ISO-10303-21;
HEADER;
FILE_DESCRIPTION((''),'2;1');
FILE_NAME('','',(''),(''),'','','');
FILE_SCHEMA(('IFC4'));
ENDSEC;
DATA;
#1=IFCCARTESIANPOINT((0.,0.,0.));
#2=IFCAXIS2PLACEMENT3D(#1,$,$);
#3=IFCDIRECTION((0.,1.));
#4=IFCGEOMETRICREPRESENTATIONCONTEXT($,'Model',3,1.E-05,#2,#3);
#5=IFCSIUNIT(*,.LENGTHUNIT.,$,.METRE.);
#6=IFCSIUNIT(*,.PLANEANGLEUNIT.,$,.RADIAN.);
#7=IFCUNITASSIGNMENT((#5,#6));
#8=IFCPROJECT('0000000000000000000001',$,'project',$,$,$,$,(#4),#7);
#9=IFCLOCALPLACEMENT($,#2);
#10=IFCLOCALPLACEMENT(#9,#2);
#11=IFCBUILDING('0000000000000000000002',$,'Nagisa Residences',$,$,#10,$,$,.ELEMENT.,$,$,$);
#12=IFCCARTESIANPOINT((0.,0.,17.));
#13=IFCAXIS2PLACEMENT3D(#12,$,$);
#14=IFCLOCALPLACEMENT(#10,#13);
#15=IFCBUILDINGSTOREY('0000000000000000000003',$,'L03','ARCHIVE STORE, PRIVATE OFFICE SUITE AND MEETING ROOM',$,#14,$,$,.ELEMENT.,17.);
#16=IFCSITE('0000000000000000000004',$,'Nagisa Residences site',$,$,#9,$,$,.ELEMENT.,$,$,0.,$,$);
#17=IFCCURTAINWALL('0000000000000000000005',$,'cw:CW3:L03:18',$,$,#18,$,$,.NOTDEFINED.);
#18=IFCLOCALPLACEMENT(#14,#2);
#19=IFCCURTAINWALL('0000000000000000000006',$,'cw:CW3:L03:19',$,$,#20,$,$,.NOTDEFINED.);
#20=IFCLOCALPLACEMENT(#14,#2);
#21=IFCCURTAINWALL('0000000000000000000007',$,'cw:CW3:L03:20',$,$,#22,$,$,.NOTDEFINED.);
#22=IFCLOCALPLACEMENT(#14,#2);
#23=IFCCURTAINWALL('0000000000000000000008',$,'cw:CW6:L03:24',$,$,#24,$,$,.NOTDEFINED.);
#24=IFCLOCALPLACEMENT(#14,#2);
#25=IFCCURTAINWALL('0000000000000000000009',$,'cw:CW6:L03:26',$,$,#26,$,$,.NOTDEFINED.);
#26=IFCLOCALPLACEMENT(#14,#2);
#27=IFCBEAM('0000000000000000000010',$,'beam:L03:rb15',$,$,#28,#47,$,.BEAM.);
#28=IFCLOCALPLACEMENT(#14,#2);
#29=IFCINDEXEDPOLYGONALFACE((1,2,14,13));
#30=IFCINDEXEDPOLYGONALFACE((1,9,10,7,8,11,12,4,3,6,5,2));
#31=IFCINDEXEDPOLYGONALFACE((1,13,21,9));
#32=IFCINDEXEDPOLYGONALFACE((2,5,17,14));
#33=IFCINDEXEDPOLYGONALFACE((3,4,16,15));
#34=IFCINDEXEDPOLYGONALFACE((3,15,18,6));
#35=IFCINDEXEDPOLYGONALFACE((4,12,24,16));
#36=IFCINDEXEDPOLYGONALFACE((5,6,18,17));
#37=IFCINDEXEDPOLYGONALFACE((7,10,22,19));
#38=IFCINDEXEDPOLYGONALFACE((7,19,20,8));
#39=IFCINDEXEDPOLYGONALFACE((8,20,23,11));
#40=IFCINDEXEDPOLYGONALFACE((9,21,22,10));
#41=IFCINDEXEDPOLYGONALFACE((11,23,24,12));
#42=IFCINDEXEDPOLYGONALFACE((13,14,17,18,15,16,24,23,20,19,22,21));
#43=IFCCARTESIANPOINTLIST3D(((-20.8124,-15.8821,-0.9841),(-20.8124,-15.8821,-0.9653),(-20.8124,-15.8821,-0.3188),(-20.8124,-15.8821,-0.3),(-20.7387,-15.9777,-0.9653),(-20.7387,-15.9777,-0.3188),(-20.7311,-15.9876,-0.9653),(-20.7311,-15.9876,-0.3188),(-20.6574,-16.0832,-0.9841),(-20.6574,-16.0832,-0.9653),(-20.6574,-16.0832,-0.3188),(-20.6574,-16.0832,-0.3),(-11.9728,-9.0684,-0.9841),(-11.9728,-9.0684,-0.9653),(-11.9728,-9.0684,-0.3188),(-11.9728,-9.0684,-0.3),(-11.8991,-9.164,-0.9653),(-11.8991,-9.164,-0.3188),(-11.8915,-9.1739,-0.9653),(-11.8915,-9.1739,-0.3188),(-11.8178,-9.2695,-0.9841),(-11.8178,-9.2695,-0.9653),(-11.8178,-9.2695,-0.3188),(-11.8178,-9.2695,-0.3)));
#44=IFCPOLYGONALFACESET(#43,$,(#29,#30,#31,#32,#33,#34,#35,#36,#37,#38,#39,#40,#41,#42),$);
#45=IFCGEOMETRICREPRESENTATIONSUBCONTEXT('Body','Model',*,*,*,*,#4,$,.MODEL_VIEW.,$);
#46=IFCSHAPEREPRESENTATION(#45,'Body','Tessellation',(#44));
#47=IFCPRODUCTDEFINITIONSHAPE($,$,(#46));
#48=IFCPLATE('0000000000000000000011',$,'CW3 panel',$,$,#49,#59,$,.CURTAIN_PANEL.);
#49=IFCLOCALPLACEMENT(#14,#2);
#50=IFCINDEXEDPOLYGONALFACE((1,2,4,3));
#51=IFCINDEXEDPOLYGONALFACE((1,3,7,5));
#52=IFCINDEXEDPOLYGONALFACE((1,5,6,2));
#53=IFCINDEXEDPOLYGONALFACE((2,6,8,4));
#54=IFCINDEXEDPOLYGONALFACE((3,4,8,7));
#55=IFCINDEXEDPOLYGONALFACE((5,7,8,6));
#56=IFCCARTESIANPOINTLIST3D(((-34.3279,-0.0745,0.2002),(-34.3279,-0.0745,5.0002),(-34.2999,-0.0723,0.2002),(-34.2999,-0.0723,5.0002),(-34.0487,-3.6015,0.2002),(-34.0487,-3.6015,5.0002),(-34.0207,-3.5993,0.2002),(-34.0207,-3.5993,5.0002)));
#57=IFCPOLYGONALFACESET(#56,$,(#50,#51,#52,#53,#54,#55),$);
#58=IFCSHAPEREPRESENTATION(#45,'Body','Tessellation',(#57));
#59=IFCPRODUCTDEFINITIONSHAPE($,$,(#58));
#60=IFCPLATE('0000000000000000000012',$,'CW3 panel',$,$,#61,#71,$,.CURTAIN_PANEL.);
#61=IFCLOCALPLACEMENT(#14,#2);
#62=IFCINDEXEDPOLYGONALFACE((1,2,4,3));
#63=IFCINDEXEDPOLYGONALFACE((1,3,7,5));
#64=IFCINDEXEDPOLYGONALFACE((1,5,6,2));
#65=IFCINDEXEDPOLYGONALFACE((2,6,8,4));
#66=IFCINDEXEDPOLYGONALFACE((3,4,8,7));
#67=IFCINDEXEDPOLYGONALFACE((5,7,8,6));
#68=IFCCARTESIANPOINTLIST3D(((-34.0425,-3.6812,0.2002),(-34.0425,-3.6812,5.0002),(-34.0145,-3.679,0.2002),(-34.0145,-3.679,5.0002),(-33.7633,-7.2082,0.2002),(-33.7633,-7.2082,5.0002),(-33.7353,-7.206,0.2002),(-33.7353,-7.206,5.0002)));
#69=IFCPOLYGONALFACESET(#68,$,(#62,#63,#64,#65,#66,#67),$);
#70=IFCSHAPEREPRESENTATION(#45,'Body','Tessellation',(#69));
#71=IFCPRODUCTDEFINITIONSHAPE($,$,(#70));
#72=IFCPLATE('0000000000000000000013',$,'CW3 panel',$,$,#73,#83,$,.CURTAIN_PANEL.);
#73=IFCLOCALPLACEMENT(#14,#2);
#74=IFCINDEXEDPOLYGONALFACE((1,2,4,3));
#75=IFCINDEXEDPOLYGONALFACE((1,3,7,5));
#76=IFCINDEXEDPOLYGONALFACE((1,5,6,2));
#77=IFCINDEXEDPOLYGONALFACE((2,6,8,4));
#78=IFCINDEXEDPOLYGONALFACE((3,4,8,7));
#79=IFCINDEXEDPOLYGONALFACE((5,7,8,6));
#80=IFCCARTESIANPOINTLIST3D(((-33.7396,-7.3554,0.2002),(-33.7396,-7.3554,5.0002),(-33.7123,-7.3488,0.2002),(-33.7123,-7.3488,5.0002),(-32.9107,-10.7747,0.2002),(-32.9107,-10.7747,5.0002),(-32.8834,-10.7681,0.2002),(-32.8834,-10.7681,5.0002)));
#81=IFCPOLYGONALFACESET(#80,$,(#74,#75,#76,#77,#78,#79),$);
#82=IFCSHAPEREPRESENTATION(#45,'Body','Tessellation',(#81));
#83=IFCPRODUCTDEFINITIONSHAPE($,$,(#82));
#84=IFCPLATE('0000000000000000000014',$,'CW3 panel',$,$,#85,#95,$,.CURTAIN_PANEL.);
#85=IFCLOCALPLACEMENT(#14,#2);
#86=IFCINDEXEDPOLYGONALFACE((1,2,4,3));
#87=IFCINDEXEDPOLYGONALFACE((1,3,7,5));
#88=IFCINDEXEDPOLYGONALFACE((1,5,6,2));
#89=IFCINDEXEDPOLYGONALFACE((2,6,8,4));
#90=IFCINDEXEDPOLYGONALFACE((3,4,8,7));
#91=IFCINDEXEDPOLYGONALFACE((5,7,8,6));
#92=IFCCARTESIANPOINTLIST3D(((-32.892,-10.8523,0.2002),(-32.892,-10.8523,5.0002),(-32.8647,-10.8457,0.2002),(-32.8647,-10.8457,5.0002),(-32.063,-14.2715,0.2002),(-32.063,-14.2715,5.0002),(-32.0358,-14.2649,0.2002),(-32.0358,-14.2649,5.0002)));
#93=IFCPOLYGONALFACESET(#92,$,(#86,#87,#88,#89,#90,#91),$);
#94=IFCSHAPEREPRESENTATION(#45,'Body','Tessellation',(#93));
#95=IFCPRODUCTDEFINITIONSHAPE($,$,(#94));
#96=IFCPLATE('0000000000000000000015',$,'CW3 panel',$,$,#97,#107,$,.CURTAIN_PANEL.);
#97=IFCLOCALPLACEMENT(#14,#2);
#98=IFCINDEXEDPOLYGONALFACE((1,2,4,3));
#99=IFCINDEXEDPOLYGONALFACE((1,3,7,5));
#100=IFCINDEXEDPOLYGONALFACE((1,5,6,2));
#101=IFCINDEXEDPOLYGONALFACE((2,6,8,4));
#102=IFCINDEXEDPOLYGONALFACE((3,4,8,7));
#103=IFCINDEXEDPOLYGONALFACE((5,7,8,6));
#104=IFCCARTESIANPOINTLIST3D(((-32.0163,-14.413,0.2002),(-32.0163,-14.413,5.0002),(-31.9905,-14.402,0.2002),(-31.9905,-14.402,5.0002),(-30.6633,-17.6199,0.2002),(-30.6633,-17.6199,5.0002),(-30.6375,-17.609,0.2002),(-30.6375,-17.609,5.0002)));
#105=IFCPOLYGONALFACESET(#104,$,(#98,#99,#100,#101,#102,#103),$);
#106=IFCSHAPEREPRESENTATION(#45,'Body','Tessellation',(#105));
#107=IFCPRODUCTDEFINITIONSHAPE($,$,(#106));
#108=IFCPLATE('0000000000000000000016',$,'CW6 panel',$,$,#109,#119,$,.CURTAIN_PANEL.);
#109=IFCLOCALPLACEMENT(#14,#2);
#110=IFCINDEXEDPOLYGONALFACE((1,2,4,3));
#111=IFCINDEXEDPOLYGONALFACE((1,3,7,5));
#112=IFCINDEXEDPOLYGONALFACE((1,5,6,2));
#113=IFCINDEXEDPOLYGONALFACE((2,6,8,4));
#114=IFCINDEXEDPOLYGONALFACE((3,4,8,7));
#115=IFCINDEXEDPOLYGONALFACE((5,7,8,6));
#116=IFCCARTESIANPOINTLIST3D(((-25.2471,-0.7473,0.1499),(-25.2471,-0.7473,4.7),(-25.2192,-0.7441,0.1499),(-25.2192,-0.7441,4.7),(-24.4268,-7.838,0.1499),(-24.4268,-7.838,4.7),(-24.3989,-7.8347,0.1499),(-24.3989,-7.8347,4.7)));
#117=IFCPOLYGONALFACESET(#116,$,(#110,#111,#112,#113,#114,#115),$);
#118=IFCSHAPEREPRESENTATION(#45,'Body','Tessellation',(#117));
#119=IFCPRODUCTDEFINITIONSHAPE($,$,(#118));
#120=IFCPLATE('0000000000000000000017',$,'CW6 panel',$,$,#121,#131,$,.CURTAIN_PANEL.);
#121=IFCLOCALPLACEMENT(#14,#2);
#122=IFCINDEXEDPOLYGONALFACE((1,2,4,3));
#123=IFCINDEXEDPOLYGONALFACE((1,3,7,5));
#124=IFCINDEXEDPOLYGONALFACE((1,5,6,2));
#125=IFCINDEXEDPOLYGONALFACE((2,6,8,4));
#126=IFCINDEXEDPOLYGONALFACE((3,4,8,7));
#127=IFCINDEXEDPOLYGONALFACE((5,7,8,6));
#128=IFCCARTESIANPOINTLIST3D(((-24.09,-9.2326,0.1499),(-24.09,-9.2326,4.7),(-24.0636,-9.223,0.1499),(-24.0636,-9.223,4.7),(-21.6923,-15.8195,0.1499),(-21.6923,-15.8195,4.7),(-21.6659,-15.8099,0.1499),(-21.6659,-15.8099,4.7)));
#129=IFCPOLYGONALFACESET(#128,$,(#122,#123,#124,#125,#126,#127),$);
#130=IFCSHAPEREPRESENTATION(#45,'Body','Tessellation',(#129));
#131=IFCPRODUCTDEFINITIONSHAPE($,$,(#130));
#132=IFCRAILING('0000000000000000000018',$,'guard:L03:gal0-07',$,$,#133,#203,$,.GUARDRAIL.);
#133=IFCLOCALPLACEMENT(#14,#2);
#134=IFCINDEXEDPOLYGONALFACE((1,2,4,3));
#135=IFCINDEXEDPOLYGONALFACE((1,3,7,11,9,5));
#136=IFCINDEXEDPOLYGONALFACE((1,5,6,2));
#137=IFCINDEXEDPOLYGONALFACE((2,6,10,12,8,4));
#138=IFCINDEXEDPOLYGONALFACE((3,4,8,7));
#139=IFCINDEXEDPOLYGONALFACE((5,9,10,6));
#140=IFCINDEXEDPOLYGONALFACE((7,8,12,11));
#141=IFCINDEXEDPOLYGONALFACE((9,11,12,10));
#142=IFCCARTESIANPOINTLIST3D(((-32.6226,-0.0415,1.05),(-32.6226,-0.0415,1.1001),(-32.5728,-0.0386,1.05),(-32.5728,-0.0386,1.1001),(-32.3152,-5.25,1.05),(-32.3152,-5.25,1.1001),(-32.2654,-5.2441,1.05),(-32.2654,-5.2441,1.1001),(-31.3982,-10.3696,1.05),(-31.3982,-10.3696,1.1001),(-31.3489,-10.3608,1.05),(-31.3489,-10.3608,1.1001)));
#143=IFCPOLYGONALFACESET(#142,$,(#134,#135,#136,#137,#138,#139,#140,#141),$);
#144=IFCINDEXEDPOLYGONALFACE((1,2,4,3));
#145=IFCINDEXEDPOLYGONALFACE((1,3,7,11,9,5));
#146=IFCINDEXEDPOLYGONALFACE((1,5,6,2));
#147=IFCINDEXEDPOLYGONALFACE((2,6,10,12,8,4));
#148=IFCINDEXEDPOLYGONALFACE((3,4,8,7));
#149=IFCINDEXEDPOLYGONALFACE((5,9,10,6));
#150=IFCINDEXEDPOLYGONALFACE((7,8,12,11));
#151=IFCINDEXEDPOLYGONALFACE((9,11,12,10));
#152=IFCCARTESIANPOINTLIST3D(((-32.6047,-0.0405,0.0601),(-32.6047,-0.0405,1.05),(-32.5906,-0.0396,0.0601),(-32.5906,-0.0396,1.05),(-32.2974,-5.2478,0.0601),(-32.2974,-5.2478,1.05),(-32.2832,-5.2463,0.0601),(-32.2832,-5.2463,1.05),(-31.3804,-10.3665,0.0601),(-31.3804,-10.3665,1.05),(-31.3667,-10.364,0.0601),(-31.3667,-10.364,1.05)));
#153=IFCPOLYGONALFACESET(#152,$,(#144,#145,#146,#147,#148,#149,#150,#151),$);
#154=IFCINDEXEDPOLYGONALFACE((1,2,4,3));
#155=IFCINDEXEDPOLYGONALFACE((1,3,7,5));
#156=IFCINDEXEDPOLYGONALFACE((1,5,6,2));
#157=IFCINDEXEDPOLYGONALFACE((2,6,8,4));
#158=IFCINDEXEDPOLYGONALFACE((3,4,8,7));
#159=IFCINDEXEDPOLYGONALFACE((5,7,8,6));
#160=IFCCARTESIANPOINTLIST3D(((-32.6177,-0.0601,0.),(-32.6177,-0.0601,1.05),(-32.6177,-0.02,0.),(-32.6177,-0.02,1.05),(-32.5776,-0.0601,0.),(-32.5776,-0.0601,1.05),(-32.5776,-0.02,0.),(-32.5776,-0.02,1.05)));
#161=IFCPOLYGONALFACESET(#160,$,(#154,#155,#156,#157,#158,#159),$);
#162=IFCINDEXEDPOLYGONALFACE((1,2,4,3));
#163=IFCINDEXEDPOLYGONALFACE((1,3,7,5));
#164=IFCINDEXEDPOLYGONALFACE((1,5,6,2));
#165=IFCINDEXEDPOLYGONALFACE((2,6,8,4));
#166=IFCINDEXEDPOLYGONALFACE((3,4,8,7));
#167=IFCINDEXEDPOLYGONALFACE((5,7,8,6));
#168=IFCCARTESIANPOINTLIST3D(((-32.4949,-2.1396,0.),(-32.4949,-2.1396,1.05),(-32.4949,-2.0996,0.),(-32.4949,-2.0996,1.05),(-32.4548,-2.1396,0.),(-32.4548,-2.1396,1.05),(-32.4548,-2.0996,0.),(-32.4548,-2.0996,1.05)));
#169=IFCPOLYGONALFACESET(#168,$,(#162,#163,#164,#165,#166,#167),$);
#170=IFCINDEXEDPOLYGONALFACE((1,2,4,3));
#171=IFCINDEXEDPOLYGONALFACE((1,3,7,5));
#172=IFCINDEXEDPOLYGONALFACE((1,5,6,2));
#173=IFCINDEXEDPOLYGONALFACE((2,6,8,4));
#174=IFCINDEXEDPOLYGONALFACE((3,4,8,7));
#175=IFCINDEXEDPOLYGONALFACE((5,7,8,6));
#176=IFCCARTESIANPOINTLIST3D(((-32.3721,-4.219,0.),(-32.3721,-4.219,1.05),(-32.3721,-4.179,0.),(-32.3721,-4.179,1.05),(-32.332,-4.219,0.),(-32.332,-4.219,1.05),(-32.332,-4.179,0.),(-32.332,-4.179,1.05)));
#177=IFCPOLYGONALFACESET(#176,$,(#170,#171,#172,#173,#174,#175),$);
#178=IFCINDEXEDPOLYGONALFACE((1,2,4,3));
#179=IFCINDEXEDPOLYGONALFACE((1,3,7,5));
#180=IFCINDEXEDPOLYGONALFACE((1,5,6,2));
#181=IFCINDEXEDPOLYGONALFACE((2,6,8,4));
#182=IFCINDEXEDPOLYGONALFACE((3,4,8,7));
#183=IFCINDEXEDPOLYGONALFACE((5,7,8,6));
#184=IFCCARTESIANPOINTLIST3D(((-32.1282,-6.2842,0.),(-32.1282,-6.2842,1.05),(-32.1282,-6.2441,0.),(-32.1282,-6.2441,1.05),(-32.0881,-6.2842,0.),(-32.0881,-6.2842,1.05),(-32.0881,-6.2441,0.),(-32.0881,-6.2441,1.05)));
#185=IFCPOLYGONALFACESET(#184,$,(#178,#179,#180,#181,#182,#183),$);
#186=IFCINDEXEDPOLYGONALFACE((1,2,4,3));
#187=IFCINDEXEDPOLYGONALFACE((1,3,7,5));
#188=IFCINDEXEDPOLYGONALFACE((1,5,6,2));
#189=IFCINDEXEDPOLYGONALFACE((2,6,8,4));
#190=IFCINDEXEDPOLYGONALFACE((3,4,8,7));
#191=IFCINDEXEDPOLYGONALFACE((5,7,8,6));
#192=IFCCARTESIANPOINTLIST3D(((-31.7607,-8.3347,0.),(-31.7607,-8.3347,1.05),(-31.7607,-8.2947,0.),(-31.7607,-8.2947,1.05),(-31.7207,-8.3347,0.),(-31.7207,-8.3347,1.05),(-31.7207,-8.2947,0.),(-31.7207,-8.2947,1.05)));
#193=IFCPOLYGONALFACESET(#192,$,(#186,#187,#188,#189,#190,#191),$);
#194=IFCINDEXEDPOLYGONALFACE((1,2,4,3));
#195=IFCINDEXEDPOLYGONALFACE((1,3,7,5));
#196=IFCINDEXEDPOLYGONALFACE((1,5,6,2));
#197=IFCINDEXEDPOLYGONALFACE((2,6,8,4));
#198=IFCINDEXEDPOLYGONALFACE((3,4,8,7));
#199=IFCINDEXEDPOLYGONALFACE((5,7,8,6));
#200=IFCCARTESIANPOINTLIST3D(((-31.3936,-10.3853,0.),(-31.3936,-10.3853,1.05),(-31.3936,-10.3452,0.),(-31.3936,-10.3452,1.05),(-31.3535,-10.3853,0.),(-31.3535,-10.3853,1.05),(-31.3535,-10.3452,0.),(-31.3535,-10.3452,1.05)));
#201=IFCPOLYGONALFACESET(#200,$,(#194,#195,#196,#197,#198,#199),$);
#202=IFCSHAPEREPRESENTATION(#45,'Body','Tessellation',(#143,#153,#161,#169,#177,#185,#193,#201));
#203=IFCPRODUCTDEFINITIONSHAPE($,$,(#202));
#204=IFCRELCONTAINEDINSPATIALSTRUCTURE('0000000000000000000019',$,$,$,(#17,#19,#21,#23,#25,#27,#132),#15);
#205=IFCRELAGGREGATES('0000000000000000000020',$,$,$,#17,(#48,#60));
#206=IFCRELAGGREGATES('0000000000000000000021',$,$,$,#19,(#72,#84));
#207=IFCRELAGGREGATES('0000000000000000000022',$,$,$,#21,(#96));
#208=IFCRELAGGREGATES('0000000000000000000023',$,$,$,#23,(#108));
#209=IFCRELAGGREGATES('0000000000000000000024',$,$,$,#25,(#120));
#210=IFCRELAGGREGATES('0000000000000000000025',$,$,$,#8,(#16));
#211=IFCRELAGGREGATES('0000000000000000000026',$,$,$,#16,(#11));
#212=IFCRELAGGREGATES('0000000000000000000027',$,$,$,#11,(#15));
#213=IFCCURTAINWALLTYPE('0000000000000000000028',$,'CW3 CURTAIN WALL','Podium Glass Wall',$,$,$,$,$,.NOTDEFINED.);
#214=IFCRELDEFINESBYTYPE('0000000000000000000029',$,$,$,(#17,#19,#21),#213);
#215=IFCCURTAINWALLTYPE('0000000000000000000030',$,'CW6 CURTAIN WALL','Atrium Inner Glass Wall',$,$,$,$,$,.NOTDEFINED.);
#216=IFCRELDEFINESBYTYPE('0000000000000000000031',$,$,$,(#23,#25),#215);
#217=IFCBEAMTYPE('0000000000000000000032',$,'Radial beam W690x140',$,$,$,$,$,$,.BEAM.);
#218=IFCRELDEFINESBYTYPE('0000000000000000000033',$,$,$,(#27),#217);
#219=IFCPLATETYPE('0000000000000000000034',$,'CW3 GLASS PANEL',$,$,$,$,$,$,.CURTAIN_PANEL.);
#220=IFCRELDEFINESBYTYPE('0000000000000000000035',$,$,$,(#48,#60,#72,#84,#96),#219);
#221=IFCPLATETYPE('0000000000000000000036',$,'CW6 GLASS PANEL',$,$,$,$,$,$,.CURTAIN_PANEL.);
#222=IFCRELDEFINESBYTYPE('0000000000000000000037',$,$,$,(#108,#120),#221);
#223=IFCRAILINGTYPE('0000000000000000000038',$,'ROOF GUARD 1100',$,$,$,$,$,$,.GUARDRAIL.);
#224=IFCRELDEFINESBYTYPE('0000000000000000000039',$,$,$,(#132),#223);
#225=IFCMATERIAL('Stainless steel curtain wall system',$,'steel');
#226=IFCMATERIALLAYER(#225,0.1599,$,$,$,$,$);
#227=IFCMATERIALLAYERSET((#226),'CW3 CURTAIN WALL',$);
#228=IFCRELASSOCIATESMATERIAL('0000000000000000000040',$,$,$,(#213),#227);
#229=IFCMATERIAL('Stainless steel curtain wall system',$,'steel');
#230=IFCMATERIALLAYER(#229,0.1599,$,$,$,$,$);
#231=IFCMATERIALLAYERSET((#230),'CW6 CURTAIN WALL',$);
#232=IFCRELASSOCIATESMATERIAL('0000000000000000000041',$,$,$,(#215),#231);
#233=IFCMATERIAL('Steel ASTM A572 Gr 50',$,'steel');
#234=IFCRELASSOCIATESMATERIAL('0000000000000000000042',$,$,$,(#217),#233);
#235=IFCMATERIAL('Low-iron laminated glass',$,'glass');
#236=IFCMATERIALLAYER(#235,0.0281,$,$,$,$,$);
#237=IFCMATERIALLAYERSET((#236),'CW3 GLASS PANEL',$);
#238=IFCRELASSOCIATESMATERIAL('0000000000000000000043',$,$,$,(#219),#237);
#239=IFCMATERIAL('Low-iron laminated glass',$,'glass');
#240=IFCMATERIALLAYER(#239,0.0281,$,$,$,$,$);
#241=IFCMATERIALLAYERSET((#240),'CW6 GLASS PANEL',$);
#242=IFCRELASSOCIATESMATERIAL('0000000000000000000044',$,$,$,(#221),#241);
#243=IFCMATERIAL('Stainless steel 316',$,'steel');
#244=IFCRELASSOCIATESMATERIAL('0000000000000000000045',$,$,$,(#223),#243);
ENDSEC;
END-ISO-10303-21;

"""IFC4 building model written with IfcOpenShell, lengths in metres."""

from ifc_helpers import new_model, si_unit, direction, frame, origin, origin_2d, place, context, subcontext, project, spatial, polyline, rectangle, i_section, outline, extrude, material, layer, layer_set, material_profile, profile_set, type_object, element, aggregate, save


model = new_model("IFC4")

# Units and contexts
model_context = context("Model", 3, precision=1e-05, world=origin(), true_north=direction((0.0, 1.0)))
body_context = subcontext(model_context, "Body", "Model", "MODEL_VIEW")
ifc_project = project(units=[si_unit("LENGTHUNIT", "METRE"), si_unit("PLANEANGLEUNIT", "RADIAN")], contexts=[model_context])

# Site, building, storey
site_placement = place(None, origin())
site = spatial("IfcSite", under=ifc_project, at=site_placement, Name="Nagisa Residences site", CompositionType="ELEMENT", RefElevation=0.0)
building_placement = place(site_placement, origin())
building = spatial("IfcBuilding", under=site, at=building_placement, Name="Nagisa Residences", CompositionType="ELEMENT")
storey_placement = place(building_placement, frame((0.0, 0.0, 17.0)))
storey = spatial("IfcBuildingStorey", under=building, at=storey_placement, Name="L03", Description="ARCHIVE STORE, PRIVATE OFFICE SUITE AND MEETING ROOM", CompositionType="ELEMENT", Elevation=17.0)

# Curtain walls
ifc_material_1 = material(Name="Stainless steel curtain wall system", Category="steel")
ifc_layer_1 = layer(ifc_material_1, 0.1599)
ifc_layer_set_1 = layer_set([ifc_layer_1], Name="CW3 CURTAIN WALL")
curtain_wall_type_1 = type_object("IfcCurtainWallType", Name="CW3 CURTAIN WALL", Description="Podium Glass Wall", PredefinedType="NOTDEFINED", material=ifc_layer_set_1)
curtain_wall_1_placement = place(storey_placement, origin())
curtain_wall_1 = element("IfcCurtainWall", 1, at=curtain_wall_1_placement, inside=storey, type_object=curtain_wall_type_1, Name="cw:CW3:L03:18", PredefinedType="NOTDEFINED")
curtain_wall_2_placement = place(storey_placement, origin())
curtain_wall_2 = element("IfcCurtainWall", 2, at=curtain_wall_2_placement, inside=storey, type_object=curtain_wall_type_1, Name="cw:CW3:L03:19", PredefinedType="NOTDEFINED")

# Curtain wall
curtain_wall_3_placement = place(storey_placement, origin())
curtain_wall_3 = element("IfcCurtainWall", 3, at=curtain_wall_3_placement, inside=storey, type_object=curtain_wall_type_1, Name="cw:CW3:L03:20", PredefinedType="NOTDEFINED")

# Curtain walls
ifc_material_2 = material(Name="Stainless steel curtain wall system", Category="steel")
ifc_layer_2 = layer(ifc_material_2, 0.1599)
ifc_layer_set_2 = layer_set([ifc_layer_2], Name="CW6 CURTAIN WALL")
curtain_wall_type_2 = type_object("IfcCurtainWallType", Name="CW6 CURTAIN WALL", Description="Atrium Inner Glass Wall", PredefinedType="NOTDEFINED", material=ifc_layer_set_2)
curtain_wall_4_placement = place(storey_placement, origin())
curtain_wall_4 = element("IfcCurtainWall", 4, at=curtain_wall_4_placement, inside=storey, type_object=curtain_wall_type_2, Name="cw:CW6:L03:24", PredefinedType="NOTDEFINED")
curtain_wall_5_placement = place(storey_placement, origin())
curtain_wall_5 = element("IfcCurtainWall", 5, at=curtain_wall_5_placement, inside=storey, type_object=curtain_wall_type_2, Name="cw:CW6:L03:26", PredefinedType="NOTDEFINED")

# Beam
ifc_material_3 = material(Name="Steel ASTM A572 Gr 50", Category="steel")
ifc_material_profile_1 = material_profile(ifc_material_3, i_section(OverallWidth=0.2539, OverallDepth=0.6841, WebThickness=0.0125, FlangeThickness=0.0188, at=origin_2d()), Name="W690x140")
ifc_profile_set_1 = profile_set([ifc_material_profile_1], Name="Steel ASTM A572 Gr 50")
beam_type_1 = type_object("IfcBeamType", Name="Radial beam W690x140", PredefinedType="BEAM", material=ifc_profile_set_1)
beam_1_placement = place(storey_placement, frame((-20.7349, -15.9827, -0.6421), z_axis=(0.792016, 0.6105, 0.0), x_axis=(-0.6105, 0.792016, 0.0)))
element("IfcBeam", 6, at=beam_1_placement, inside=storey, type_object=beam_type_1, Name="beam:L03:rb15", PredefinedType="BEAM", context=body_context, shape_type="SweptSolid", body=[
    extrude(i_section(OverallWidth=0.2539, OverallDepth=0.6841, WebThickness=0.0125, FlangeThickness=0.0188, at=origin_2d()), origin(), (0.0, 0.0, 1.0), 11.1609),
])

# Plates
ifc_material_4 = material(Name="Low-iron laminated glass", Category="glass")
ifc_layer_3 = layer(ifc_material_4, 0.0281)
ifc_layer_set_3 = layer_set([ifc_layer_3], Name="CW3 GLASS PANEL")
plate_type_1 = type_object("IfcPlateType", Name="CW3 GLASS PANEL", PredefinedType="CURTAIN_PANEL", material=ifc_layer_set_3)
plate_1_placement = place(storey_placement, frame((-34.1743, -1.8369, 0.2002), z_axis=(0.0, 0.0, 1.0), x_axis=(0.07891, -0.996882, 0.0)))
plate_1 = element("IfcPlate", 7, at=plate_1_placement, type_object=plate_type_1, Name="CW3 panel", PredefinedType="CURTAIN_PANEL", context=body_context, shape_type="SweptSolid", body=[
    extrude(rectangle(XDim=3.5381, YDim=0.0281, at=origin_2d()), origin(), (0.0, 0.0, 1.0), 4.8),
])
plate_2_placement = place(storey_placement, frame((-33.8889, -5.4436, 0.2002), z_axis=(0.0, 0.0, 1.0), x_axis=(0.07891, -0.996882, 0.0)))
plate_2 = element("IfcPlate", 8, at=plate_2_placement, type_object=plate_type_1, Name="CW3 panel", PredefinedType="CURTAIN_PANEL", context=body_context, shape_type="SweptSolid", body=[
    extrude(rectangle(XDim=3.5381, YDim=0.0281, at=origin_2d()), origin(), (0.0, 0.0, 1.0), 4.8),
])
aggregate(curtain_wall_1, [plate_1, plate_2])
plate_3_placement = place(storey_placement, frame((-33.3115, -9.0618, 0.2002), z_axis=(0.0, 0.0, 1.0), x_axis=(0.235606, -0.971849, 0.0)))
plate_3 = element("IfcPlate", 9, at=plate_3_placement, type_object=plate_type_1, Name="CW3 panel", PredefinedType="CURTAIN_PANEL", context=body_context, shape_type="SweptSolid", body=[
    extrude(rectangle(XDim=3.5183, YDim=0.0281, at=origin_2d()), origin(), (0.0, 0.0, 1.0), 4.8),
])
plate_4_placement = place(storey_placement, frame((-32.4639, -12.5586, 0.2002), z_axis=(0.0, 0.0, 1.0), x_axis=(0.235606, -0.971849, 0.0)))
plate_4 = element("IfcPlate", 10, at=plate_4_placement, type_object=plate_type_1, Name="CW3 panel", PredefinedType="CURTAIN_PANEL", context=body_context, shape_type="SweptSolid", body=[
    extrude(rectangle(XDim=3.5183, YDim=0.0281, at=origin_2d()), origin(), (0.0, 0.0, 1.0), 4.8),
])
aggregate(curtain_wall_2, [plate_3, plate_4])
plate_5_placement = place(storey_placement, frame((-31.3269, -16.011, 0.2002), z_axis=(0.0, 0.0, 1.0), x_axis=(0.388718, -0.921357, 0.0)))
plate_5 = element("IfcPlate", 11, at=plate_5_placement, type_object=plate_type_1, Name="CW3 panel", PredefinedType="CURTAIN_PANEL", context=body_context, shape_type="SweptSolid", body=[
    extrude(rectangle(XDim=3.4807, YDim=0.0281, at=origin_2d()), origin(), (0.0, 0.0, 1.0), 4.8),
])
aggregate(curtain_wall_3, [plate_5])
ifc_material_5 = material(Name="Low-iron laminated glass", Category="glass")
ifc_layer_4 = layer(ifc_material_5, 0.0281)
ifc_layer_set_4 = layer_set([ifc_layer_4], Name="CW6 GLASS PANEL")
plate_type_2 = type_object("IfcPlateType", Name="CW6 GLASS PANEL", PredefinedType="CURTAIN_PANEL", material=ifc_layer_set_4)
plate_6_placement = place(storey_placement, frame((-24.823, -4.291, 0.1499), z_axis=(0.0, 0.0, 1.0), x_axis=(0.114928, -0.993374, 0.0)))
plate_6 = element("IfcPlate", 12, at=plate_6_placement, type_object=plate_type_2, Name="CW6 panel", PredefinedType="CURTAIN_PANEL", context=body_context, shape_type="SweptSolid", body=[
    extrude(rectangle(XDim=7.1379, YDim=0.0281, at=origin_2d()), origin(), (0.0, 0.0, 1.0), 4.55),
])
aggregate(curtain_wall_4, [plate_6])
plate_7_placement = place(storey_placement, frame((-22.8779, -12.5212, 0.1499), z_axis=(0.0, 0.0, 1.0), x_axis=(0.34205, -0.939682, 0.0)))
plate_7 = element("IfcPlate", 13, at=plate_7_placement, type_object=plate_type_2, Name="CW6 panel", PredefinedType="CURTAIN_PANEL", context=body_context, shape_type="SweptSolid", body=[
    extrude(rectangle(XDim=7.0098, YDim=0.0281, at=origin_2d()), origin(), (0.0, 0.0, 1.0), 4.55),
])
aggregate(curtain_wall_5, [plate_7])

# Railing
ifc_material_6 = material(Name="Stainless steel 316", Category="steel")
railing_type = type_object("IfcRailingType", Name="ROOF GUARD 1100", PredefinedType="GUARDRAIL", material=ifc_material_6)
railing_1_placement = place(storey_placement, frame((-32.5977, -0.04, 0.0)))
element("IfcRailing", 14, at=railing_1_placement, inside=storey, type_object=railing_type, Name="guard:L03:gal0-07", PredefinedType="GUARDRAIL", context=body_context, shape_type="SweptSolid", body=[
    extrude(outline(polyline([(0.3323, -5.2041), (0.0249, 0.0015), (-0.0249, -0.0015), (0.2825, -5.21), (1.1995, -10.3296), (1.2488, -10.3208), (0.3323, -5.2041)])), frame((0.0, 0.0, 1.05)), (0.0, 0.0, 1.0), 0.05),
    extrude(outline(polyline([(0.3145, -5.2063), (0.0071, 0.0005), (-0.0071, -0.0005), (0.3003, -5.2078), (1.2173, -10.3264), (1.231, -10.324), (0.3145, -5.2063)])), frame((0.0, 0.0, 0.0601)), (0.0, 0.0, 1.0), 0.99),
    extrude(rectangle(XDim=0.04, YDim=0.04, at=origin_2d()), origin(), (0.0, 0.0, 1.0), 1.05),
    extrude(rectangle(XDim=0.04, YDim=0.04, at=origin_2d()), frame((0.1228, -2.0796, 0.0)), (0.0, 0.0, 1.0), 1.05),
    extrude(rectangle(XDim=0.04, YDim=0.04, at=origin_2d()), frame((0.2456, -4.1589, 0.0)), (0.0, 0.0, 1.0), 1.05),
    extrude(rectangle(XDim=0.04, YDim=0.04, at=origin_2d()), frame((0.4895, -6.2241, 0.0)), (0.0, 0.0, 1.0), 1.05),
    extrude(rectangle(XDim=0.04, YDim=0.04, at=origin_2d()), frame((0.8569, -8.2747, 0.0)), (0.0, 0.0, 1.0), 1.05),
    extrude(rectangle(XDim=0.04, YDim=0.04, at=origin_2d()), frame((1.2241, -10.3252, 0.0)), (0.0, 0.0, 1.0), 1.05),
])

save(model, "model.ifc")
